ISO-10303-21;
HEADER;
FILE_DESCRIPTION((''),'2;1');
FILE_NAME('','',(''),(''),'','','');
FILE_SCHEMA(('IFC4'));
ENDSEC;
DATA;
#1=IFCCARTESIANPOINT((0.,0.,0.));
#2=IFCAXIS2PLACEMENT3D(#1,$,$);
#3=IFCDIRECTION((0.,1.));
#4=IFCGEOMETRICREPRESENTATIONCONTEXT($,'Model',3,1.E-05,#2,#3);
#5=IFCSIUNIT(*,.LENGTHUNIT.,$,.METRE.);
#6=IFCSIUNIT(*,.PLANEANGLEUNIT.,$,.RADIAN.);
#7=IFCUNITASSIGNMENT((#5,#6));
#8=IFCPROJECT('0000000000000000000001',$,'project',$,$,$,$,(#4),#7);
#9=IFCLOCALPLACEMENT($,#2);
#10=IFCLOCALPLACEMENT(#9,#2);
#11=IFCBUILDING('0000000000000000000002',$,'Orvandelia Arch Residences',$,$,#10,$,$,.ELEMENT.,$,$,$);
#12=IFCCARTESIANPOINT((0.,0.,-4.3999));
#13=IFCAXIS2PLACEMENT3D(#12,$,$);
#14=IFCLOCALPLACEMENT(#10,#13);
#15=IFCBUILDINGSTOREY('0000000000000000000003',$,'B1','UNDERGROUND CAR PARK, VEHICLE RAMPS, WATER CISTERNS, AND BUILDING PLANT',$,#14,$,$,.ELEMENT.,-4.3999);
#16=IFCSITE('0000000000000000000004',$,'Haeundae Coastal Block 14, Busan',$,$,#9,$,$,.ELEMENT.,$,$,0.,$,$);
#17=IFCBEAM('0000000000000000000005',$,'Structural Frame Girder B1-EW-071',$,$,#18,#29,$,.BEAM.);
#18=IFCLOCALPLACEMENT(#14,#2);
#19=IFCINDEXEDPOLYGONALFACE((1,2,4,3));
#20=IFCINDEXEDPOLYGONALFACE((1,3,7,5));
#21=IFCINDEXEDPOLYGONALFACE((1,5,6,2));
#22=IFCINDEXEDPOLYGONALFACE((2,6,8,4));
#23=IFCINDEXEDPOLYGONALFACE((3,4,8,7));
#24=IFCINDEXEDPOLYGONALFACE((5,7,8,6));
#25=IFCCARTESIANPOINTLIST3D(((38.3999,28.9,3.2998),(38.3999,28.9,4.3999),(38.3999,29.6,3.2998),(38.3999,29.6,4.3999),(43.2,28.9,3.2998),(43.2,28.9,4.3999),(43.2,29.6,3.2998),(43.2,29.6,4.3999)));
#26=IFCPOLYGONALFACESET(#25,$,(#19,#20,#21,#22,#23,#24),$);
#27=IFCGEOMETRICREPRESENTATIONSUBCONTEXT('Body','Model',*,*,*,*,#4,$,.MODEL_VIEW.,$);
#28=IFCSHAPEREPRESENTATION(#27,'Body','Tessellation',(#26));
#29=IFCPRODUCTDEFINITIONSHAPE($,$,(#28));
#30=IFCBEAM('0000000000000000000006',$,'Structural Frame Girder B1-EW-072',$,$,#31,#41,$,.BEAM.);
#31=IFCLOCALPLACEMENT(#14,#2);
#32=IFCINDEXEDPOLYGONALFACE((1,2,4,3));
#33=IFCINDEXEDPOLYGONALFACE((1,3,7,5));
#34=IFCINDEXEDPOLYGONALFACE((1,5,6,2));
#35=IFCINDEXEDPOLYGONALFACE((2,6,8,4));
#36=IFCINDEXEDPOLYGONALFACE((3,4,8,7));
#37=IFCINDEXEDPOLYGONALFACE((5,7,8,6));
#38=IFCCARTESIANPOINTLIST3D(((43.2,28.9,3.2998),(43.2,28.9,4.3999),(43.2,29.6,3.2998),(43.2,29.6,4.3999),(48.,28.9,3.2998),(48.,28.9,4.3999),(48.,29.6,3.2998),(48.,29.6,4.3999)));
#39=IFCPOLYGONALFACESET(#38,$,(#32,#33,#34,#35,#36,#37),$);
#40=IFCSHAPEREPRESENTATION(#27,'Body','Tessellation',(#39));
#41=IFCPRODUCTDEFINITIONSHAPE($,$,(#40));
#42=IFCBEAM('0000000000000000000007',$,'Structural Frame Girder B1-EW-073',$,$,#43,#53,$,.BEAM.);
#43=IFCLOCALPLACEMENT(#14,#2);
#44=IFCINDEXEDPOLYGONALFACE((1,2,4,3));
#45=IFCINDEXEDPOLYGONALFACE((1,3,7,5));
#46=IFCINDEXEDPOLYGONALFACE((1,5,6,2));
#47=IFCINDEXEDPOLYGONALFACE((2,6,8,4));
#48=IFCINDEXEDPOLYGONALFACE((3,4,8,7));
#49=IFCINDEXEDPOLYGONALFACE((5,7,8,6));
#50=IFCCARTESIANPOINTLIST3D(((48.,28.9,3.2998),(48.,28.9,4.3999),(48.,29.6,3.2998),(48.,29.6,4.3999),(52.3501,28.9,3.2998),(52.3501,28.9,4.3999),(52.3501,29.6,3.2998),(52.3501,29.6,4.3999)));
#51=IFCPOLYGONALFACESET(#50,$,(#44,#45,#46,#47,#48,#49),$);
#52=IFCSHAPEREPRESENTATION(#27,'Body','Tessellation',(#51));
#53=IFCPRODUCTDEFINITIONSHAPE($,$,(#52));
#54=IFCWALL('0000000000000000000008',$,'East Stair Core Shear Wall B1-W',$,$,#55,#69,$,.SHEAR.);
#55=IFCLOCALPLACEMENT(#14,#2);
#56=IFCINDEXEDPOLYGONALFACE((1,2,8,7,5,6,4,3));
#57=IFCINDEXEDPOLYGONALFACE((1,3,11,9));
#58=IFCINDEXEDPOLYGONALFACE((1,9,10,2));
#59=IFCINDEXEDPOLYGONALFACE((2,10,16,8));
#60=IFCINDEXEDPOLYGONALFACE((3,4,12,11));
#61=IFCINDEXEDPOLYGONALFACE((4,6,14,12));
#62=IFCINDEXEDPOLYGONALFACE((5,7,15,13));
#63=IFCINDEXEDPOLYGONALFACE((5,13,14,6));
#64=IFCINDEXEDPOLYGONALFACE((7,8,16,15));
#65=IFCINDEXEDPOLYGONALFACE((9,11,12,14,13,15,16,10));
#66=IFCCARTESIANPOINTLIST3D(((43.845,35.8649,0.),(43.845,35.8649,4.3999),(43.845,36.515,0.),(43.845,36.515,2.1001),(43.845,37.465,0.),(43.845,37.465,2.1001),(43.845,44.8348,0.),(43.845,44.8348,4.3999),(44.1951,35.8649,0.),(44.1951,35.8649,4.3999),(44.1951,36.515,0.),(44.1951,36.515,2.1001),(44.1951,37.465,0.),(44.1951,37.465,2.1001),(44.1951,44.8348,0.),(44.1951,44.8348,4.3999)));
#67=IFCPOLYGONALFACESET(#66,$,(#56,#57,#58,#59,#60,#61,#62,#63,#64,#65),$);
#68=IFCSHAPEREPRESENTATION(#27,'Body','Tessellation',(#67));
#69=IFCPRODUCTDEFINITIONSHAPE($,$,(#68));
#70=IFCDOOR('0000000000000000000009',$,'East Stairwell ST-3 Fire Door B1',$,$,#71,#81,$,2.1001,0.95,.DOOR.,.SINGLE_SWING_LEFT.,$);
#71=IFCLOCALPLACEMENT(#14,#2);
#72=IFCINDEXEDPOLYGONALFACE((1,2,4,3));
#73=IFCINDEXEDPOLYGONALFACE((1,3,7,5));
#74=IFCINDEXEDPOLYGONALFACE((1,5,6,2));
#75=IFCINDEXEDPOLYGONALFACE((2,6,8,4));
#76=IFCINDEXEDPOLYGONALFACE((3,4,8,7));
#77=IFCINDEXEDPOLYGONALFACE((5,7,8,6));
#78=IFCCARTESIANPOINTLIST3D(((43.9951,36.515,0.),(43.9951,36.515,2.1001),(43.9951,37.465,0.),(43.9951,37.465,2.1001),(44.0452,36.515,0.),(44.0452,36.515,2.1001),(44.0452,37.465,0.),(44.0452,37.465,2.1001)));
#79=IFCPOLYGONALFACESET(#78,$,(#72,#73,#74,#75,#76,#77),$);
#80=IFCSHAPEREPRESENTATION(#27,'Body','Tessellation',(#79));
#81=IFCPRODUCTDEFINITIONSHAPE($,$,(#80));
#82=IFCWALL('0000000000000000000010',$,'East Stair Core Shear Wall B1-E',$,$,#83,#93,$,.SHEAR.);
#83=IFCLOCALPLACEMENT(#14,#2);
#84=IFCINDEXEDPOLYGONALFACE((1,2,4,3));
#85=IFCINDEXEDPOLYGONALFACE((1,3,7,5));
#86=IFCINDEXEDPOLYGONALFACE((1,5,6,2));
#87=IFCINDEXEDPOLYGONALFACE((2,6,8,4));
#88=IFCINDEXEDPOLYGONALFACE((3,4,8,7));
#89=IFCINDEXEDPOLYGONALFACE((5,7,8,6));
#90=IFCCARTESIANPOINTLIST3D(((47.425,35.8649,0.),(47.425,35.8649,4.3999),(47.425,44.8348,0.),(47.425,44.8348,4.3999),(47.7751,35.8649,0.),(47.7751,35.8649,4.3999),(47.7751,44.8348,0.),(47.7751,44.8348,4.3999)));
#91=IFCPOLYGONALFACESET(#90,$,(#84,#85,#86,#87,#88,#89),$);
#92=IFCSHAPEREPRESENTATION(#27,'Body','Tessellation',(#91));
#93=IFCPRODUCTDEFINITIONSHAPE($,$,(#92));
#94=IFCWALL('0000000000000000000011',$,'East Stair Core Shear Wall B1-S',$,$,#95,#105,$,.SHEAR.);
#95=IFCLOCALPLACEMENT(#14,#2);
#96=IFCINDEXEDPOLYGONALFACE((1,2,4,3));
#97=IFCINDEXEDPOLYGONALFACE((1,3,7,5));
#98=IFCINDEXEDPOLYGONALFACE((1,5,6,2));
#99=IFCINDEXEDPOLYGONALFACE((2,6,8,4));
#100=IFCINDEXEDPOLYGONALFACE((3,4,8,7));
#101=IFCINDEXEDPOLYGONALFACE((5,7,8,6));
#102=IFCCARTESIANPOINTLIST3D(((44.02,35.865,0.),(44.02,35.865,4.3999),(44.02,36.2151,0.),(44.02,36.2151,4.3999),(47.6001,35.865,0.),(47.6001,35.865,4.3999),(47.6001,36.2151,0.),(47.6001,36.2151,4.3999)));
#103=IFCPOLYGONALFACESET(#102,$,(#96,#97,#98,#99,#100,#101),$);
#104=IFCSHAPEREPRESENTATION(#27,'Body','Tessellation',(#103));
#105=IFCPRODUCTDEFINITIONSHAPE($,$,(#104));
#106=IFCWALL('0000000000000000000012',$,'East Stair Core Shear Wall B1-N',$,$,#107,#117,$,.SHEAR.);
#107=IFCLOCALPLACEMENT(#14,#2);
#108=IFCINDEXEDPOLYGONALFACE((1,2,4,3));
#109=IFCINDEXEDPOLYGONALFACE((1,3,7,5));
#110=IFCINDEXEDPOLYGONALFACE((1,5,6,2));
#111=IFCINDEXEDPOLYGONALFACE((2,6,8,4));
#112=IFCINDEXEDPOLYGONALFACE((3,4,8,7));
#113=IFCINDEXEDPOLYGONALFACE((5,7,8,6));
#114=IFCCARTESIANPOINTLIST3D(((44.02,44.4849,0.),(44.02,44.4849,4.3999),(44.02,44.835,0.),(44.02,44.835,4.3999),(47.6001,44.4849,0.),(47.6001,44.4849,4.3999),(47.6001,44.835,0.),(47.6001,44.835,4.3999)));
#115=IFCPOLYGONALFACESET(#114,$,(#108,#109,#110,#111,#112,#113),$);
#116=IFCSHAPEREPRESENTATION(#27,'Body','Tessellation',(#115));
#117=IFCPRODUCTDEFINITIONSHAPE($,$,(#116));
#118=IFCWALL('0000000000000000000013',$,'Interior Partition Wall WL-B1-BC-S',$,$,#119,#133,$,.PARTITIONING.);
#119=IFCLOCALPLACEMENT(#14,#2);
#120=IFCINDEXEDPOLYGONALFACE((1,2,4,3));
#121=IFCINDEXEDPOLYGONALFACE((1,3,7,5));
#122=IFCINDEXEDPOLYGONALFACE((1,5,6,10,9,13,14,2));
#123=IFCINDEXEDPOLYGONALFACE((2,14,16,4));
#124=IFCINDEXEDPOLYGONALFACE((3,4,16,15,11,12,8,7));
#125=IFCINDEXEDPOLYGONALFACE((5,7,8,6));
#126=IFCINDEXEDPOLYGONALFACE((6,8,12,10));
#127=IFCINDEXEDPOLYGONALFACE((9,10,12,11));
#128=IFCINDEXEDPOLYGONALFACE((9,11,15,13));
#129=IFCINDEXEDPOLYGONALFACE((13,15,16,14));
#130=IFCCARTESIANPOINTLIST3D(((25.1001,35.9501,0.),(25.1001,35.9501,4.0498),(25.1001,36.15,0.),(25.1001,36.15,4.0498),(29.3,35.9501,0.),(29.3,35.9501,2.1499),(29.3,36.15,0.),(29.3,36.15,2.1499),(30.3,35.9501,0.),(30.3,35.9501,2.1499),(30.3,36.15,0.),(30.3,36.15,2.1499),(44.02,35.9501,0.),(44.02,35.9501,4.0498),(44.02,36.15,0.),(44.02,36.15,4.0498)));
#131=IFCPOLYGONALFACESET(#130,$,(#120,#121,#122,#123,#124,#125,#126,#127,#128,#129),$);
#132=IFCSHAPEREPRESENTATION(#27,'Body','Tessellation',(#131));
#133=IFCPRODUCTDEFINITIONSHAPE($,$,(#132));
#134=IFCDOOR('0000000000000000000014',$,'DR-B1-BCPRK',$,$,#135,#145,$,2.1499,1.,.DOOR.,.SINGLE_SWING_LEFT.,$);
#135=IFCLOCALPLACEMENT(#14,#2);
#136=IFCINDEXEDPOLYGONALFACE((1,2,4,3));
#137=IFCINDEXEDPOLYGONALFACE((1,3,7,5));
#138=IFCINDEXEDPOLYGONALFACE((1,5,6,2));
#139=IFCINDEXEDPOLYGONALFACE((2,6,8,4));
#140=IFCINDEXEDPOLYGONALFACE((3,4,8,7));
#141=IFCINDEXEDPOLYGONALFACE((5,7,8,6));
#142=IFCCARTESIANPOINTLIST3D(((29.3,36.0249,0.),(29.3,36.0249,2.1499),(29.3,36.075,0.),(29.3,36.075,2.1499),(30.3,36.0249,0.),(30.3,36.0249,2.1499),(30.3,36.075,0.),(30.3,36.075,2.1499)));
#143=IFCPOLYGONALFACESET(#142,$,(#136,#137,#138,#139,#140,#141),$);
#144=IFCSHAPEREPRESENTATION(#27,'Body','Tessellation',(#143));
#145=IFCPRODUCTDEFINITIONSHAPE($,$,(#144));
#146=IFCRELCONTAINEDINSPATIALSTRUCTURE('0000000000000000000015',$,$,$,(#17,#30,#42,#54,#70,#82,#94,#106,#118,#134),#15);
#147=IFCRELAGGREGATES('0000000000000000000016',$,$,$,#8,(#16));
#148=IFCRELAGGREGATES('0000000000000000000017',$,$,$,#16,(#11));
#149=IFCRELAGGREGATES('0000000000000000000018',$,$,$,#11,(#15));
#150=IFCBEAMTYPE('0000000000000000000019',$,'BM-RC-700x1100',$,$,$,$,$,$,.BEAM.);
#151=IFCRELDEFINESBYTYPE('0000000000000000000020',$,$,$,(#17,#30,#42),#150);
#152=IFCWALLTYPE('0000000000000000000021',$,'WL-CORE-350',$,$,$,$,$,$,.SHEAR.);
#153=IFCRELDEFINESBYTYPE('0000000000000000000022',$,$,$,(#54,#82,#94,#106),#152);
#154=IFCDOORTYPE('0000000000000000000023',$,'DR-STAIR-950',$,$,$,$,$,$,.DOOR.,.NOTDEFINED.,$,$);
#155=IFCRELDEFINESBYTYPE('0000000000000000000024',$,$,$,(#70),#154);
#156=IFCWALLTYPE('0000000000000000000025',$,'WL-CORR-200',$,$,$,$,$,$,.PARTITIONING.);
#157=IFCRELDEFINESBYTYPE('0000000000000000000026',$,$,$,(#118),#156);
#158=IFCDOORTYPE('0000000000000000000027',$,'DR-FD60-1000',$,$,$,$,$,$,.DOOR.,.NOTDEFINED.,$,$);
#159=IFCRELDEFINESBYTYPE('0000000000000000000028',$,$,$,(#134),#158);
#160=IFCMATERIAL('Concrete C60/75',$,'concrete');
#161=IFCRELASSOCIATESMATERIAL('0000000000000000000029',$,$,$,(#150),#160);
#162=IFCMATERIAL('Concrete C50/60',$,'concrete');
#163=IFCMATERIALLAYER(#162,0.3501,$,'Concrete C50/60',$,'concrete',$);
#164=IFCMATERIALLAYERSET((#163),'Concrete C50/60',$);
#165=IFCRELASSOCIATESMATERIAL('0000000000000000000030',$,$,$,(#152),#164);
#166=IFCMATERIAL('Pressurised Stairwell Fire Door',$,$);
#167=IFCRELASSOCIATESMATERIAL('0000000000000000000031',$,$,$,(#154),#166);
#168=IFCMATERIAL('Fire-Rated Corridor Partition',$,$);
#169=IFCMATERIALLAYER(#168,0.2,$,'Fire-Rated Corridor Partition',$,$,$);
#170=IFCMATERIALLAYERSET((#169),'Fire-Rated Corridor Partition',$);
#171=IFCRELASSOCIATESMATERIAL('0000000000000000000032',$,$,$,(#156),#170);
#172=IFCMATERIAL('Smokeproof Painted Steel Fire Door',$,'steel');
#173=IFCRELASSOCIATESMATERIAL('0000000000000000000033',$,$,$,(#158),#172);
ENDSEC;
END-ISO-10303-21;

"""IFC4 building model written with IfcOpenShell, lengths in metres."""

from ifc_helpers import new_model, si_unit, direction, frame, frame_2d, origin, origin_2d, place, context, subcontext, project, spatial, rectangle, extrude, material, layer, layer_set, material_profile, profile_set, type_object, element, fill, save


model = new_model("IFC4")

# Units and contexts
model_context = context("Model", 3, precision=1e-05, world=origin(), true_north=direction((0.0, 1.0)))
body_context = subcontext(model_context, "Body", "Model", "MODEL_VIEW")
ifc_project = project(units=[si_unit("LENGTHUNIT", "METRE"), si_unit("PLANEANGLEUNIT", "RADIAN")], contexts=[model_context])

# Site, building, storey
site_placement = place(None, origin())
site = spatial("IfcSite", under=ifc_project, at=site_placement, Name="Haeundae Coastal Block 14, Busan", CompositionType="ELEMENT", RefElevation=0.0)
building_placement = place(site_placement, origin())
building = spatial("IfcBuilding", under=site, at=building_placement, Name="Orvandelia Arch Residences", CompositionType="ELEMENT")
storey_placement = place(building_placement, frame((0.0, 0.0, -4.3999)))
storey = spatial("IfcBuildingStorey", under=building, at=storey_placement, Name="B1", Description="UNDERGROUND CAR PARK, VEHICLE RAMPS, WATER CISTERNS, AND BUILDING PLANT", CompositionType="ELEMENT", Elevation=-4.3999)

# Beams
ifc_material_1 = material(Name="Concrete C60/75", Category="concrete")
ifc_material_profile_1 = material_profile(ifc_material_1, rectangle(XDim=0.7, YDim=1.1001, at=origin_2d()), Name="Concrete C60/75", Category="concrete")
ifc_profile_set_1 = profile_set([ifc_material_profile_1], Name="Concrete C60/75")
beam_type = type_object("IfcBeamType", Name="BM-RC-700x1100", PredefinedType="BEAM", material=ifc_profile_set_1)
for number, where, z_axis, x_axis, name in (
    (1, (38.3999, 29.25, 3.8499), (1.0, 0.0, 0.0), (0.0, 1.0, 0.0), "Structural Frame Girder B1-EW-071"),
    (2, (43.2, 29.25, 3.8499), (1.0, 0.0, 0.0), (0.0, 1.0, 0.0), "Structural Frame Girder B1-EW-072"),
):
    element("IfcBeam", number, at=place(storey_placement, frame(where, z_axis=z_axis, x_axis=x_axis)), inside=storey, type_object=beam_type, Name=name, PredefinedType="BEAM", context=body_context, shape_type="SweptSolid", body=[
        extrude(rectangle(XDim=0.7, YDim=1.1001, at=origin_2d()), origin(), (0.0, 0.0, 1.0), 4.8),
    ])
beam_1_placement = place(storey_placement, frame((48.0, 29.25, 3.8499), z_axis=(1.0, 0.0, 0.0), x_axis=(0.0, 1.0, 0.0)))
element("IfcBeam", 3, at=beam_1_placement, inside=storey, type_object=beam_type, Name="Structural Frame Girder B1-EW-073", PredefinedType="BEAM", context=body_context, shape_type="SweptSolid", body=[
    extrude(rectangle(XDim=0.7, YDim=1.1001, at=origin_2d()), origin(), (0.0, 0.0, 1.0), 4.3501),
])

# Wall, opening, door
ifc_material_2 = material(Name="Concrete C50/60", Category="concrete")
ifc_layer_1 = layer(ifc_material_2, 0.3501, Name="Concrete C50/60", Category="concrete")
ifc_layer_set_1 = layer_set([ifc_layer_1], Name="Concrete C50/60")
wall_type_1 = type_object("IfcWallType", Name="WL-CORE-350", PredefinedType="SHEAR", material=ifc_layer_set_1)
wall_1_placement = place(storey_placement, frame((44.02, 35.865, 0.0), z_axis=(0.0, 0.0, 1.0), x_axis=(0.0, 1.0, 0.0)))
wall_1 = element("IfcWall", 4, at=wall_1_placement, inside=storey, type_object=wall_type_1, Name="East Stair Core Shear Wall B1-W", PredefinedType="SHEAR", context=body_context, shape_type="SweptSolid", body=[
    extrude(rectangle(XDim=8.97, YDim=0.3501, at=frame_2d((4.4849, 0.0))), origin(), (0.0, 0.0, 1.0), 4.3999),
])
opening_1_placement = place(wall_1_placement, frame((0.6499, 0.0, 0.0)))
opening_1 = element("IfcOpeningElement", 5, at=opening_1_placement, cuts=wall_1, PredefinedType="OPENING", context=body_context, shape_type="SweptSolid", body=[
    extrude(rectangle(XDim=0.95, YDim=2.1001, at=frame_2d((0.4751, 1.05))), frame((0.0, 0.1851, 0.0), z_axis=(0.0, -1.0, 0.0), x_axis=(1.0, 0.0, 0.0)), (0.0, 0.0, 1.0), 0.3701),
])
ifc_material_3 = material(Name="Pressurised Stairwell Fire Door")
door_type_1 = type_object("IfcDoorType", Name="DR-STAIR-950", OperationType="NOTDEFINED", PredefinedType="DOOR", material=ifc_material_3)
door_1_placement = place(opening_1_placement, origin())
door_1 = element("IfcDoor", 6, at=door_1_placement, inside=storey, type_object=door_type_1, Name="East Stairwell ST-3 Fire Door B1", OperationType="SINGLE_SWING_LEFT", OverallHeight=2.1001, OverallWidth=0.95, PredefinedType="DOOR", context=body_context, shape_type="SweptSolid", body=[
    extrude(rectangle(XDim=0.95, YDim=2.1001, at=frame_2d((0.4751, 1.05))), frame((0.0, 0.0249, 0.0), z_axis=(0.0, -1.0, 0.0), x_axis=(1.0, 0.0, 0.0)), (0.0, 0.0, 1.0), 0.05),
])
fill(opening_1, door_1)

# Walls
wall_2_placement = place(storey_placement, frame((47.6001, 35.865, 0.0), z_axis=(0.0, 0.0, 1.0), x_axis=(0.0, 1.0, 0.0)))
element("IfcWall", 7, at=wall_2_placement, inside=storey, type_object=wall_type_1, Name="East Stair Core Shear Wall B1-E", PredefinedType="SHEAR", context=body_context, shape_type="SweptSolid", body=[
    extrude(rectangle(XDim=8.97, YDim=0.3501, at=frame_2d((4.4849, 0.0))), origin(), (0.0, 0.0, 1.0), 4.3999),
])
for number, where, z_axis, x_axis, name in (
    (8, (44.02, 36.04, 0.0), (0.0, 0.0, 1.0), (1.0, 0.0, 0.0), "East Stair Core Shear Wall B1-S"),
    (9, (44.02, 44.6599, 0.0), (0.0, 0.0, 1.0), (1.0, 0.0, 0.0), "East Stair Core Shear Wall B1-N"),
):
    element("IfcWall", number, at=place(storey_placement, frame(where, z_axis=z_axis, x_axis=x_axis)), inside=storey, type_object=wall_type_1, Name=name, PredefinedType="SHEAR", context=body_context, shape_type="SweptSolid", body=[
        extrude(rectangle(XDim=3.5801, YDim=0.3501, at=frame_2d((1.79, 0.0))), origin(), (0.0, 0.0, 1.0), 4.3999),
    ])

# Wall, opening, door
ifc_material_4 = material(Name="Fire-Rated Corridor Partition")
ifc_layer_2 = layer(ifc_material_4, 0.2, Name="Fire-Rated Corridor Partition")
ifc_layer_set_2 = layer_set([ifc_layer_2], Name="Fire-Rated Corridor Partition")
wall_type_2 = type_object("IfcWallType", Name="WL-CORR-200", PredefinedType="PARTITIONING", material=ifc_layer_set_2)
wall_3_placement = place(storey_placement, frame((25.1001, 36.05, 0.0), z_axis=(0.0, 0.0, 1.0), x_axis=(1.0, 0.0, 0.0)))
wall_3 = element("IfcWall", 10, at=wall_3_placement, inside=storey, type_object=wall_type_2, Name="Interior Partition Wall WL-B1-BC-S", PredefinedType="PARTITIONING", context=body_context, shape_type="SweptSolid", body=[
    extrude(rectangle(XDim=18.9199, YDim=0.2, at=frame_2d((9.46, 0.0))), origin(), (0.0, 0.0, 1.0), 4.0498),
])
opening_2_placement = place(wall_3_placement, frame((4.2, 0.0, 0.0)))
opening_2 = element("IfcOpeningElement", 11, at=opening_2_placement, cuts=wall_3, PredefinedType="OPENING", context=body_context, shape_type="SweptSolid", body=[
    extrude(rectangle(XDim=1.0, YDim=2.1499, at=frame_2d((0.5, 1.075))), frame((0.0, 0.1099, 0.0), z_axis=(0.0, -1.0, 0.0), x_axis=(1.0, 0.0, 0.0)), (0.0, 0.0, 1.0), 0.22),
])
ifc_material_5 = material(Name="Smokeproof Painted Steel Fire Door", Category="steel")
door_type_2 = type_object("IfcDoorType", Name="DR-FD60-1000", OperationType="NOTDEFINED", PredefinedType="DOOR", material=ifc_material_5)
door_2_placement = place(opening_2_placement, origin())
door_2 = element("IfcDoor", 12, at=door_2_placement, inside=storey, type_object=door_type_2, Name="DR-B1-BCPRK", OperationType="SINGLE_SWING_LEFT", OverallHeight=2.1499, OverallWidth=1.0, PredefinedType="DOOR", context=body_context, shape_type="SweptSolid", body=[
    extrude(rectangle(XDim=1.0, YDim=2.1499, at=frame_2d((0.5, 1.075))), frame((0.0, 0.0249, 0.0), z_axis=(0.0, -1.0, 0.0), x_axis=(1.0, 0.0, 0.0)), (0.0, 0.0, 1.0), 0.05),
])
fill(opening_2, door_2)

save(model, "model.ifc")
